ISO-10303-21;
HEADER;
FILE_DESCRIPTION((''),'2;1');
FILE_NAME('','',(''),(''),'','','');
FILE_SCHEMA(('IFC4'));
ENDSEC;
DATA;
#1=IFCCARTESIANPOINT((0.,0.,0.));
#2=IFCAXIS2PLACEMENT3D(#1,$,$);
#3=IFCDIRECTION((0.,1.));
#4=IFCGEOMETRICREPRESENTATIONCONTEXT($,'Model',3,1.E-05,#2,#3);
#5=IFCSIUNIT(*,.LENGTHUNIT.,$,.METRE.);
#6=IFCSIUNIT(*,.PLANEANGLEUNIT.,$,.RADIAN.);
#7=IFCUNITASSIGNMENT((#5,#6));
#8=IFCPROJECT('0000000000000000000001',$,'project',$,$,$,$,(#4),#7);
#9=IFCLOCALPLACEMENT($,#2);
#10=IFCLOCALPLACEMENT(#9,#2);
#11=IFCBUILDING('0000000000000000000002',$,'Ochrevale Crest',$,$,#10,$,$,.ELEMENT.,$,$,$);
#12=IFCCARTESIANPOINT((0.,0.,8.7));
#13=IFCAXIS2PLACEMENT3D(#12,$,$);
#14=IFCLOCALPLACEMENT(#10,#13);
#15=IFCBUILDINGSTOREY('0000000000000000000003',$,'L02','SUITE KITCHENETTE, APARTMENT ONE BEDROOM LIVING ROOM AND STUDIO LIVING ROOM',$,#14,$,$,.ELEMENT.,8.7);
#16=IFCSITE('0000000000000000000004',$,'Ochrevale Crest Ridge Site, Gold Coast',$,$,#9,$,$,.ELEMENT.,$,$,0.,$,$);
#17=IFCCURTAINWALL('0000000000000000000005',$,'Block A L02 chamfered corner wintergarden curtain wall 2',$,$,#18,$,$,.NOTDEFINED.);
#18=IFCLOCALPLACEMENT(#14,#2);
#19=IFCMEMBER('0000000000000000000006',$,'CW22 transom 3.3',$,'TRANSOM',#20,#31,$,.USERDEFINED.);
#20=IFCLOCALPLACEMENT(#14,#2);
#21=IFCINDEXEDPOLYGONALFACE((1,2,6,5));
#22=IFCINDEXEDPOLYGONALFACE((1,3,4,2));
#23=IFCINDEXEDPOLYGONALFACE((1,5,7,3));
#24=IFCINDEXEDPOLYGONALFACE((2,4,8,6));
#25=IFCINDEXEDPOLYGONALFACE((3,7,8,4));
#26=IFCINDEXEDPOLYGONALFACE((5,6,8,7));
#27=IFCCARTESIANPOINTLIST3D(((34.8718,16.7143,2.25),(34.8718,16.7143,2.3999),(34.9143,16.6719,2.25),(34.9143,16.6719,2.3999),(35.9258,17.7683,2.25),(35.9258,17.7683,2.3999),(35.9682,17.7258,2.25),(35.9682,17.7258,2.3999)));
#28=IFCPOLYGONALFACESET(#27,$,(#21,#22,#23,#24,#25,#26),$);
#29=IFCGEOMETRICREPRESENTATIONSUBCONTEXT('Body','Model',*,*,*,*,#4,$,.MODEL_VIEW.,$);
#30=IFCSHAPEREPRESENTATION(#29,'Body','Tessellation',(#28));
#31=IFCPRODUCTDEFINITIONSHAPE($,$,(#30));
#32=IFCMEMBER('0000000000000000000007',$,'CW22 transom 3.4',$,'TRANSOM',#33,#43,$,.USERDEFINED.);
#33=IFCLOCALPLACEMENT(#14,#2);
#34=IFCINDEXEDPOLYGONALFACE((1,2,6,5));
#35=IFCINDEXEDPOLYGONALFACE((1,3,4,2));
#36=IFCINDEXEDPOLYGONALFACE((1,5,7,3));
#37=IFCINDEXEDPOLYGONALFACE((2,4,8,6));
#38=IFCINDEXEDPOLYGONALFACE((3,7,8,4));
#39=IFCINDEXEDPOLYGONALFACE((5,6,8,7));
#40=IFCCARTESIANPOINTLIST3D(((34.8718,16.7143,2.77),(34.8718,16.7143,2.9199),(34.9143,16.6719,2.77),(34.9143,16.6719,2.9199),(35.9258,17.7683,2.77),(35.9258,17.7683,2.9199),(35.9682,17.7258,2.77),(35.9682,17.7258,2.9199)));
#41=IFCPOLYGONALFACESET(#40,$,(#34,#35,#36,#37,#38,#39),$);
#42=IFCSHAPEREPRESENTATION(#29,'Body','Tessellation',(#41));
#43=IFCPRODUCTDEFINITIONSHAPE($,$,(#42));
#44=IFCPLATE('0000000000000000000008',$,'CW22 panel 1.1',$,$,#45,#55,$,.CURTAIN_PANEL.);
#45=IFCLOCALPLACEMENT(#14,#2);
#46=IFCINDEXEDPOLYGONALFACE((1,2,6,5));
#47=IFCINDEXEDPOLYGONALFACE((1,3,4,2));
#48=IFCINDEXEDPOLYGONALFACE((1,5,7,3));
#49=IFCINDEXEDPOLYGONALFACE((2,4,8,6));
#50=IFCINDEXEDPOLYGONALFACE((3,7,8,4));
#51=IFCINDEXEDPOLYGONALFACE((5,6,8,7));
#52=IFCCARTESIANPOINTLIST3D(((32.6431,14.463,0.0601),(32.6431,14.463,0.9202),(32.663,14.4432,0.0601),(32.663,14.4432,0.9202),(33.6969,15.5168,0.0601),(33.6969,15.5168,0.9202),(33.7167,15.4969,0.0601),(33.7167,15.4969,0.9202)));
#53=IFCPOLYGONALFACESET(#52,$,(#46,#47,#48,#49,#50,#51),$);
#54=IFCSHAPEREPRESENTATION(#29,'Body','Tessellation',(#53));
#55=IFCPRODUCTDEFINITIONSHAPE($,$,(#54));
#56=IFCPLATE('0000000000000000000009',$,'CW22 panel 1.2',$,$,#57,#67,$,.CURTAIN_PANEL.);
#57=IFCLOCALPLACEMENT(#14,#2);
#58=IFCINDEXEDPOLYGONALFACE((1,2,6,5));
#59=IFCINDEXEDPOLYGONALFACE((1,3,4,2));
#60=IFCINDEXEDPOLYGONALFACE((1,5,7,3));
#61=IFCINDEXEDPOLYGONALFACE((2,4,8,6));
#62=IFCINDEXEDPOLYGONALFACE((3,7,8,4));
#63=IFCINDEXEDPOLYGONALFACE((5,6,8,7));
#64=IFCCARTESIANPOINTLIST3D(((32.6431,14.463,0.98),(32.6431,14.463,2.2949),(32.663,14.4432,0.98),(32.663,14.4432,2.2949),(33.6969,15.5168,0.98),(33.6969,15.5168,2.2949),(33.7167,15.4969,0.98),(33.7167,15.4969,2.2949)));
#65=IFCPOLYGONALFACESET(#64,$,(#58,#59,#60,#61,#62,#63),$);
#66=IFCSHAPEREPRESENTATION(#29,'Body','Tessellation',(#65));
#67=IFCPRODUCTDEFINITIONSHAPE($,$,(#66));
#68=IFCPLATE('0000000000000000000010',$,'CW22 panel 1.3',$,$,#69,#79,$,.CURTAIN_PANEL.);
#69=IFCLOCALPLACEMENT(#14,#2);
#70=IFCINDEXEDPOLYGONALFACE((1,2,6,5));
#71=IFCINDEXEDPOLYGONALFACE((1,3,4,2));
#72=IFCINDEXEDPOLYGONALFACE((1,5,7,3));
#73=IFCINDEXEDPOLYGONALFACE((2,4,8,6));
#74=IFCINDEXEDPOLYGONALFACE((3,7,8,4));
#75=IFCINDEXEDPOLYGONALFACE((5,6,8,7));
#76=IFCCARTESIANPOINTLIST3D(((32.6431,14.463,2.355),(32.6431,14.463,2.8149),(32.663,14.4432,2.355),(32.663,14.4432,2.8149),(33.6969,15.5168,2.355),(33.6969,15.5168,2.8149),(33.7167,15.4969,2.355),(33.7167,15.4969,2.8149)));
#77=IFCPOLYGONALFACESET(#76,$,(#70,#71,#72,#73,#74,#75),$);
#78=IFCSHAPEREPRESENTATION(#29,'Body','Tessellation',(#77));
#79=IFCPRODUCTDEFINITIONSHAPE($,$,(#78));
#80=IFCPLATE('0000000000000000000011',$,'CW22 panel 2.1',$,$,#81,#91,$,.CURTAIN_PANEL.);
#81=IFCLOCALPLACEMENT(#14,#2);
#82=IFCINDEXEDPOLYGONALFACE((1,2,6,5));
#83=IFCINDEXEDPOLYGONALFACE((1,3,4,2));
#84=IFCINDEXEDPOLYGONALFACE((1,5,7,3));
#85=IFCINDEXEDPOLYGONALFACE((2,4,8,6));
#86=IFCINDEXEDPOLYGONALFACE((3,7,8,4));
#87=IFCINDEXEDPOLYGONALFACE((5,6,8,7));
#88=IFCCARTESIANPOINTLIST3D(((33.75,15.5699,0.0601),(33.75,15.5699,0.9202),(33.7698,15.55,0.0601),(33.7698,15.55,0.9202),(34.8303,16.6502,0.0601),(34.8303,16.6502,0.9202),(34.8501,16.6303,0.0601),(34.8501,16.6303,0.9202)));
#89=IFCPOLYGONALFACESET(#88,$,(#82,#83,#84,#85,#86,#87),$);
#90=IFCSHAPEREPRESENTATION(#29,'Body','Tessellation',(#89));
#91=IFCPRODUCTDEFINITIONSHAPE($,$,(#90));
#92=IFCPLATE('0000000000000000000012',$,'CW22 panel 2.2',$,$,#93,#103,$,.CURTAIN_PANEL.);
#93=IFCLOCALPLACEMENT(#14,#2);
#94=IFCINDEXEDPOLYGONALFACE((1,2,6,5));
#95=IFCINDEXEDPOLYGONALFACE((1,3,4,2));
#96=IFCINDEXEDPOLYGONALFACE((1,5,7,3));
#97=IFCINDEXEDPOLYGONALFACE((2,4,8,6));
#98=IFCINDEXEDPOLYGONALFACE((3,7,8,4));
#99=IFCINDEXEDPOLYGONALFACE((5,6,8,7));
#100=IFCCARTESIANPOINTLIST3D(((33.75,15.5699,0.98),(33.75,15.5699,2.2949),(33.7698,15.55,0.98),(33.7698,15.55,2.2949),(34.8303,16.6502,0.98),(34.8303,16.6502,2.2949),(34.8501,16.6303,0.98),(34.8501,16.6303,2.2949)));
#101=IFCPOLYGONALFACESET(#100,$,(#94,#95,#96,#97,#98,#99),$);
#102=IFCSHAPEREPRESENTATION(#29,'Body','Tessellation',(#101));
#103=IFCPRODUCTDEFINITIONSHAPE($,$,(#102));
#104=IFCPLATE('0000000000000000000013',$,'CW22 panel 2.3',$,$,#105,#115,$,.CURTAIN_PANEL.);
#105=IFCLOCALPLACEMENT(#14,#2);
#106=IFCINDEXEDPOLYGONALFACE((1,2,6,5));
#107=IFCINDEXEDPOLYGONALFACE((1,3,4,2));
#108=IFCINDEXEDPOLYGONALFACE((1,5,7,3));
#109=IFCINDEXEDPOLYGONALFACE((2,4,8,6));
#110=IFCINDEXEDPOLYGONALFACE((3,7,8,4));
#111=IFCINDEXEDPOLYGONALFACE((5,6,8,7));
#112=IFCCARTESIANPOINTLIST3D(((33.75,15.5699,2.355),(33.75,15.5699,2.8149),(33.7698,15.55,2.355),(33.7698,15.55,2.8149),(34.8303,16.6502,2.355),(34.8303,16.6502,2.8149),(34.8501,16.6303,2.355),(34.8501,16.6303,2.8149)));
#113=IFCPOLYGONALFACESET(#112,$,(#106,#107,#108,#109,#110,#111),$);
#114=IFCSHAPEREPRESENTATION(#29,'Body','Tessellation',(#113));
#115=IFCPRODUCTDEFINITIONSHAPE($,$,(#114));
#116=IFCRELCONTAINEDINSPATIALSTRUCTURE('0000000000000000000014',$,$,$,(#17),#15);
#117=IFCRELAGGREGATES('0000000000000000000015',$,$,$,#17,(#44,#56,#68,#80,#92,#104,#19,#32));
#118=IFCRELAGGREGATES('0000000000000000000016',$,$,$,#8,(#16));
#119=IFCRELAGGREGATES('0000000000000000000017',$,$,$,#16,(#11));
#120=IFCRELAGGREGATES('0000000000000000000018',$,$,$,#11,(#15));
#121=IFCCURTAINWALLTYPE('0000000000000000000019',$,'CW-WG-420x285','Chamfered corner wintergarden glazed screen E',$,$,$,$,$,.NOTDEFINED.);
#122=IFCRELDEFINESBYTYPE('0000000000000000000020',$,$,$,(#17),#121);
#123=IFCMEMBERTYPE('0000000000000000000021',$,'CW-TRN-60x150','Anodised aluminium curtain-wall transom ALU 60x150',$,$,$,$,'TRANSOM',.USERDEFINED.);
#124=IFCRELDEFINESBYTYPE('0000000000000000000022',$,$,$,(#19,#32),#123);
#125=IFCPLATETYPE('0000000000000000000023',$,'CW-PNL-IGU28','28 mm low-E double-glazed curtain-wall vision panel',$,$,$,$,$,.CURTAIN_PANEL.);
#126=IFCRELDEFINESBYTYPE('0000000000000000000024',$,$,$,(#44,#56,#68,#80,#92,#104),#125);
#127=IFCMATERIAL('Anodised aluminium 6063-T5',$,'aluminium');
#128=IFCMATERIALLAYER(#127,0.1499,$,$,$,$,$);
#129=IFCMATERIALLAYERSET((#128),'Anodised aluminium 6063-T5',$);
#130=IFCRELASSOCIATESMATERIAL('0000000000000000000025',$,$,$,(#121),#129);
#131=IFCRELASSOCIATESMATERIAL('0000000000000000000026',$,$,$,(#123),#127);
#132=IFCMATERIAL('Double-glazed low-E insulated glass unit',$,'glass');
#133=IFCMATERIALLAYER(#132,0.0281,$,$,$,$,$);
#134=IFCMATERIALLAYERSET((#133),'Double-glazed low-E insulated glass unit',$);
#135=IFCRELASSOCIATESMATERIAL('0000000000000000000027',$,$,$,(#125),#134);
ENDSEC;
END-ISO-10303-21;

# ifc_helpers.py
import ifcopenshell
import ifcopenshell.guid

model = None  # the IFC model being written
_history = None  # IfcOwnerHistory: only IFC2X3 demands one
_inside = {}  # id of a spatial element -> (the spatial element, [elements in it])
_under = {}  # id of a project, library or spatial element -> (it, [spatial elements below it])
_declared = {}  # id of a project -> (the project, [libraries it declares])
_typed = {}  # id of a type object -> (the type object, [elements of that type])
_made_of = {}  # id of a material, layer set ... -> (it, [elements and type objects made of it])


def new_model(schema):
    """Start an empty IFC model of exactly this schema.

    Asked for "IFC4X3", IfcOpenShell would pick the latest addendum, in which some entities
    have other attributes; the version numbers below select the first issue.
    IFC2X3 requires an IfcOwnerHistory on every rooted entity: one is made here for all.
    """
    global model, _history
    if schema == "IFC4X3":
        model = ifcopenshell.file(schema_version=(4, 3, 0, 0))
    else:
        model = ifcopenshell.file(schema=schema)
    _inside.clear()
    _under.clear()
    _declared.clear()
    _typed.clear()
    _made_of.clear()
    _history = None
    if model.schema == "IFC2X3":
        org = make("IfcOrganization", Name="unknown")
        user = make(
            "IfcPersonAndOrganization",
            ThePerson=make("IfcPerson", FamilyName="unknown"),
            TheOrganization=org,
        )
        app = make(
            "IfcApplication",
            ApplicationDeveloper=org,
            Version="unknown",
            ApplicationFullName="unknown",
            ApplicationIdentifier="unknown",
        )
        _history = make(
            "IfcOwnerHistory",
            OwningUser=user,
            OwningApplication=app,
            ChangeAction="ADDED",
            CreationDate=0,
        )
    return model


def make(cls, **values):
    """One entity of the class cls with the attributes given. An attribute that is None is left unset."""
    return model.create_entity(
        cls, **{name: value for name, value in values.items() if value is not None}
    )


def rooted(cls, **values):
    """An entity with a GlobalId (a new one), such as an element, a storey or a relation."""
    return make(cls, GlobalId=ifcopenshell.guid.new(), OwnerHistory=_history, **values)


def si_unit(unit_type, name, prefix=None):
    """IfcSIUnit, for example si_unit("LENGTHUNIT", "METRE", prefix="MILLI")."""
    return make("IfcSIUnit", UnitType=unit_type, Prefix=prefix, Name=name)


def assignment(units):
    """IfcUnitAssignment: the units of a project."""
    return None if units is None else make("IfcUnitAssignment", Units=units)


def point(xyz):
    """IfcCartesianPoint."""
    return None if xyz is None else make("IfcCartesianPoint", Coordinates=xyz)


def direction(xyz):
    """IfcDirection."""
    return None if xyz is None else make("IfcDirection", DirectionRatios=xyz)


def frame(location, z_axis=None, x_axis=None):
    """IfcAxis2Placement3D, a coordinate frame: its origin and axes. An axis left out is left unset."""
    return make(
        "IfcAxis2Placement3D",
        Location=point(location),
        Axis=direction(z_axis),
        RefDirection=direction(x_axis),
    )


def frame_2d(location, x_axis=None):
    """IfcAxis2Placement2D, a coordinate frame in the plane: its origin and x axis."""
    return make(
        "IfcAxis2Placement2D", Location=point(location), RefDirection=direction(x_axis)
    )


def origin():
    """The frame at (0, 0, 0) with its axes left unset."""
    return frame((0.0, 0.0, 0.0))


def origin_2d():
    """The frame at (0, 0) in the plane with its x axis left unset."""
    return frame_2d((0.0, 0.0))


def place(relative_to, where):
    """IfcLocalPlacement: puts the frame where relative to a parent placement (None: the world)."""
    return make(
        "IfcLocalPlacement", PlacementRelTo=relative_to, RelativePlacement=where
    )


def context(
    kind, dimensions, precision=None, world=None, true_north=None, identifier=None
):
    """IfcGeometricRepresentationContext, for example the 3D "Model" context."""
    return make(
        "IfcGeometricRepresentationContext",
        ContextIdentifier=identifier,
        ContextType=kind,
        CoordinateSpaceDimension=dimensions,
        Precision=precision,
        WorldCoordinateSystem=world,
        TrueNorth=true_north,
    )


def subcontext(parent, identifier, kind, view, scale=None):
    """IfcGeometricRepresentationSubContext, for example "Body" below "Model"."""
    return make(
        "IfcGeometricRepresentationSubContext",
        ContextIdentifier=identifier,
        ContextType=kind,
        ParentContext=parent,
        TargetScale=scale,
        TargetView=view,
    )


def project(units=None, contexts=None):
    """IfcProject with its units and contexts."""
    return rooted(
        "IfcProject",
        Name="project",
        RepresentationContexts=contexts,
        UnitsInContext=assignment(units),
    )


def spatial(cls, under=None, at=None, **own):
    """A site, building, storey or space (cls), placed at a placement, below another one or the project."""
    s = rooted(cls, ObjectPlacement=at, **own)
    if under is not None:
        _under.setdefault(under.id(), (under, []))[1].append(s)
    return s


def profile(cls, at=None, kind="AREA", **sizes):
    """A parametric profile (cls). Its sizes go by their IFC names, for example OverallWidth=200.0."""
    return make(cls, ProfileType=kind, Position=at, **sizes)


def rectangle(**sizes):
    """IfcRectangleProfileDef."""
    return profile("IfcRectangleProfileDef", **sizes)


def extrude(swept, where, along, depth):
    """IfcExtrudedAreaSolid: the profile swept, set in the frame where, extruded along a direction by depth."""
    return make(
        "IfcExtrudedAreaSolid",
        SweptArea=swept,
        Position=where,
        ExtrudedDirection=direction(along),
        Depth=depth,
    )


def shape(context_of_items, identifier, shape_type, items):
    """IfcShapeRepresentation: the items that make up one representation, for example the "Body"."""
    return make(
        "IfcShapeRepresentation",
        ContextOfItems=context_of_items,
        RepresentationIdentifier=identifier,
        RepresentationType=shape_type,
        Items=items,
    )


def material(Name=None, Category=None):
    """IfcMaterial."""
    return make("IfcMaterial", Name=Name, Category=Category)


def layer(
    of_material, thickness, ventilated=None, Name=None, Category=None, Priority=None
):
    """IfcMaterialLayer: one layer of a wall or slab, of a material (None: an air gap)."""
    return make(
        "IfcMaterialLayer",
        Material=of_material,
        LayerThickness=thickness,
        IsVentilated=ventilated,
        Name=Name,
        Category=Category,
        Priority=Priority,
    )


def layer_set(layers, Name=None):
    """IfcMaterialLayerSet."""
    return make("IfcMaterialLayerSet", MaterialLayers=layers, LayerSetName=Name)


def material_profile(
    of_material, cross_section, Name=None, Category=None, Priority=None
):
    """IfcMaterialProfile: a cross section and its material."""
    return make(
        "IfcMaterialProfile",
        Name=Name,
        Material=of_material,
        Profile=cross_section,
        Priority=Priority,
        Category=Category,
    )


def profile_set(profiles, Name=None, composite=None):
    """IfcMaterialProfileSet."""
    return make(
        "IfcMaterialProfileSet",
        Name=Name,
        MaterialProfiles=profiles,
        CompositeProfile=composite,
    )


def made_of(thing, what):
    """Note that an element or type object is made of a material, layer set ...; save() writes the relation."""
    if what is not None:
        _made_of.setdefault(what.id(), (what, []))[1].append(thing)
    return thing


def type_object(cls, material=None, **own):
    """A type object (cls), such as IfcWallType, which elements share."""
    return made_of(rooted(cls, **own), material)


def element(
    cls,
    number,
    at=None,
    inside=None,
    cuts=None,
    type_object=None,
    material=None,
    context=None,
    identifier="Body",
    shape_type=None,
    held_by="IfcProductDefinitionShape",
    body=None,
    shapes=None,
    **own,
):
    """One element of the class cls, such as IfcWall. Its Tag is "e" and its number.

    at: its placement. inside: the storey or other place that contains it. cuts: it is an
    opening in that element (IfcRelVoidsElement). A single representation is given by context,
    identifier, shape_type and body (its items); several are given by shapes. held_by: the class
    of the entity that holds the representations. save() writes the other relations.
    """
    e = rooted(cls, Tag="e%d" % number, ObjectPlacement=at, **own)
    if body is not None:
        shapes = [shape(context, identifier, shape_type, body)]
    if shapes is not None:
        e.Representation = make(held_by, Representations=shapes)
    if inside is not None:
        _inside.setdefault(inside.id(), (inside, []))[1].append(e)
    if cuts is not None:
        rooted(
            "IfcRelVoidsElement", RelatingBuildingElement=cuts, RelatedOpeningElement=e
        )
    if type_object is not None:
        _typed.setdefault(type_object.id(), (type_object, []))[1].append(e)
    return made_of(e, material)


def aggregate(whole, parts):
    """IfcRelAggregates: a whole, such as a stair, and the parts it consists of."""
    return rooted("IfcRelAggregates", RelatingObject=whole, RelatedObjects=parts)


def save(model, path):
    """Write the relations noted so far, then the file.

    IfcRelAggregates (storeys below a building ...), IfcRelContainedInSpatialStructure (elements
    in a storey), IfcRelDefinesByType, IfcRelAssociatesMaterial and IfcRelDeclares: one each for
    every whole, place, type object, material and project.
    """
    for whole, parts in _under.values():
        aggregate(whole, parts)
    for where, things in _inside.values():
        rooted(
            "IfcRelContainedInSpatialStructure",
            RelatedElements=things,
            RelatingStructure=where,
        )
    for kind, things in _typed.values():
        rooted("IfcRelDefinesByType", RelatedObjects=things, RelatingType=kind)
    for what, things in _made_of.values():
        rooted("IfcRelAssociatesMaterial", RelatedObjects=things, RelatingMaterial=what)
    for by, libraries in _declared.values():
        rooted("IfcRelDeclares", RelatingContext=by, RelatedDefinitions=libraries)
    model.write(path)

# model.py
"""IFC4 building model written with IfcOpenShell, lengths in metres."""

from ifc_helpers import new_model, si_unit, direction, frame, origin, origin_2d, place, context, subcontext, project, spatial, rectangle, extrude, material, layer, layer_set, material_profile, profile_set, type_object, element, aggregate, save


model = new_model("IFC4")

# Units and contexts
model_context = context("Model", 3, precision=1e-05, world=origin(), true_north=direction((0.0, 1.0)))
body_context = subcontext(model_context, "Body", "Model", "MODEL_VIEW")
ifc_project = project(units=[si_unit("LENGTHUNIT", "METRE"), si_unit("PLANEANGLEUNIT", "RADIAN")], contexts=[model_context])

# Site, building, storey
site_placement = place(None, origin())
site = spatial("IfcSite", under=ifc_project, at=site_placement, Name="Ochrevale Crest Ridge Site, Gold Coast", CompositionType="ELEMENT", RefElevation=0.0)
building_placement = place(site_placement, origin())
building = spatial("IfcBuilding", under=site, at=building_placement, Name="Ochrevale Crest", CompositionType="ELEMENT")
storey_placement = place(building_placement, frame((0.0, 0.0, 8.7)))
storey = spatial("IfcBuildingStorey", under=building, at=storey_placement, Name="L02", Description="SUITE KITCHENETTE, APARTMENT ONE BEDROOM LIVING ROOM AND STUDIO LIVING ROOM", CompositionType="ELEMENT", Elevation=8.7)

# Curtain wall, members, plates
ifc_material_1 = material(Name="Anodised aluminium 6063-T5", Category="aluminium")
ifc_layer_1 = layer(ifc_material_1, 0.1499)
ifc_layer_set_1 = layer_set([ifc_layer_1], Name="Anodised aluminium 6063-T5")
curtain_wall_type = type_object("IfcCurtainWallType", Name="CW-WG-420x285", Description="Chamfered corner wintergarden glazed screen E", PredefinedType="NOTDEFINED", material=ifc_layer_set_1)
curtain_wall_placement = place(storey_placement, origin())
curtain_wall = element("IfcCurtainWall", 1, at=curtain_wall_placement, inside=storey, type_object=curtain_wall_type, Name="Block A L02 chamfered corner wintergarden curtain wall 2", PredefinedType="NOTDEFINED")
ifc_material_profile_1 = material_profile(ifc_material_1, rectangle(XDim=0.0601, YDim=0.1499, at=origin_2d()), Name="ALU 60x150")
ifc_profile_set_1 = profile_set([ifc_material_profile_1], Name="Anodised aluminium 6063-T5")
member_type_1 = type_object("IfcMemberType", Name="CW-TRN-60x150", Description="Anodised aluminium curtain-wall transom ALU 60x150", ElementType="TRANSOM", PredefinedType="USERDEFINED", material=ifc_profile_set_1)
member_1_placement = place(storey_placement, frame((34.8931, 16.6931, 2.325), z_axis=(0.707107, 0.707107, 0.0), x_axis=(-0.707107, 0.707107, 0.0)))
member_1 = element("IfcMember", 2, at=member_1_placement, type_object=member_type_1, Name="CW22 transom 3.3", ObjectType="TRANSOM", PredefinedType="USERDEFINED", context=body_context, shape_type="SweptSolid", body=[
    extrude(rectangle(XDim=0.0601, YDim=0.1499, at=origin_2d()), origin(), (0.0, 0.0, 1.0), 1.4905),
])
member_2_placement = place(storey_placement, frame((34.8931, 16.6931, 2.845), z_axis=(0.707107, 0.707107, 0.0), x_axis=(-0.707107, 0.707107, 0.0)))
member_2 = element("IfcMember", 3, at=member_2_placement, type_object=member_type_1, Name="CW22 transom 3.4", ObjectType="TRANSOM", PredefinedType="USERDEFINED", context=body_context, shape_type="SweptSolid", body=[
    extrude(rectangle(XDim=0.0601, YDim=0.1499, at=origin_2d()), origin(), (0.0, 0.0, 1.0), 1.4905),
])
ifc_material_2 = material(Name="Double-glazed low-E insulated glass unit", Category="glass")
ifc_layer_2 = layer(ifc_material_2, 0.0281)
ifc_layer_set_2 = layer_set([ifc_layer_2], Name="Double-glazed low-E insulated glass unit")
plate_type = type_object("IfcPlateType", Name="CW-PNL-IGU28", Description="28 mm low-E double-glazed curtain-wall vision panel", PredefinedType="CURTAIN_PANEL", material=ifc_layer_set_2)
plate_1_placement = place(storey_placement, frame((33.1799, 14.98, 0.0601), z_axis=(0.0, 0.0, 1.0), x_axis=(0.707107, 0.707107, 0.0)))
plate_1 = element("IfcPlate", 4, at=plate_1_placement, type_object=plate_type, Name="CW22 panel 1.1", PredefinedType="CURTAIN_PANEL", context=body_context, shape_type="SweptSolid", body=[
    extrude(rectangle(XDim=1.4902, YDim=0.0281, at=origin_2d()), origin(), (0.0, 0.0, 1.0), 0.8601),
])
plate_2_placement = place(storey_placement, frame((33.1799, 14.98, 0.98), z_axis=(0.0, 0.0, 1.0), x_axis=(0.707107, 0.707107, 0.0)))
plate_2 = element("IfcPlate", 5, at=plate_2_placement, type_object=plate_type, Name="CW22 panel 1.2", PredefinedType="CURTAIN_PANEL", context=body_context, shape_type="SweptSolid", body=[
    extrude(rectangle(XDim=1.4902, YDim=0.0281, at=origin_2d()), origin(), (0.0, 0.0, 1.0), 1.3149),
])
plate_3_placement = place(storey_placement, frame((33.1799, 14.98, 2.355), z_axis=(0.0, 0.0, 1.0), x_axis=(0.707107, 0.707107, 0.0)))
plate_3 = element("IfcPlate", 6, at=plate_3_placement, type_object=plate_type, Name="CW22 panel 1.3", PredefinedType="CURTAIN_PANEL", context=body_context, shape_type="SweptSolid", body=[
    extrude(rectangle(XDim=1.4902, YDim=0.0281, at=origin_2d()), origin(), (0.0, 0.0, 1.0), 0.46),
])
plate_4_placement = place(storey_placement, frame((34.3, 16.1001, 0.0601), z_axis=(0.0, 0.0, 1.0), x_axis=(0.707107, 0.707107, 0.0)))
plate_4 = element("IfcPlate", 7, at=plate_4_placement, type_object=plate_type, Name="CW22 panel 2.1", PredefinedType="CURTAIN_PANEL", context=body_context, shape_type="SweptSolid", body=[
    extrude(rectangle(XDim=1.5278, YDim=0.0281, at=origin_2d()), origin(), (0.0, 0.0, 1.0), 0.8601),
])
plate_5_placement = place(storey_placement, frame((34.3, 16.1001, 0.98), z_axis=(0.0, 0.0, 1.0), x_axis=(0.707107, 0.707107, 0.0)))
plate_5 = element("IfcPlate", 8, at=plate_5_placement, type_object=plate_type, Name="CW22 panel 2.2", PredefinedType="CURTAIN_PANEL", context=body_context, shape_type="SweptSolid", body=[
    extrude(rectangle(XDim=1.5278, YDim=0.0281, at=origin_2d()), origin(), (0.0, 0.0, 1.0), 1.3149),
])
plate_6_placement = place(storey_placement, frame((34.3, 16.1001, 2.355), z_axis=(0.0, 0.0, 1.0), x_axis=(0.707107, 0.707107, 0.0)))
plate_6 = element("IfcPlate", 9, at=plate_6_placement, type_object=plate_type, Name="CW22 panel 2.3", PredefinedType="CURTAIN_PANEL", context=body_context, shape_type="SweptSolid", body=[
    extrude(rectangle(XDim=1.5278, YDim=0.0281, at=origin_2d()), origin(), (0.0, 0.0, 1.0), 0.46),
])
aggregate(curtain_wall, [plate_1, plate_2, plate_3, plate_4, plate_5, plate_6, member_1, member_2])

save(model, "model.ifc")
